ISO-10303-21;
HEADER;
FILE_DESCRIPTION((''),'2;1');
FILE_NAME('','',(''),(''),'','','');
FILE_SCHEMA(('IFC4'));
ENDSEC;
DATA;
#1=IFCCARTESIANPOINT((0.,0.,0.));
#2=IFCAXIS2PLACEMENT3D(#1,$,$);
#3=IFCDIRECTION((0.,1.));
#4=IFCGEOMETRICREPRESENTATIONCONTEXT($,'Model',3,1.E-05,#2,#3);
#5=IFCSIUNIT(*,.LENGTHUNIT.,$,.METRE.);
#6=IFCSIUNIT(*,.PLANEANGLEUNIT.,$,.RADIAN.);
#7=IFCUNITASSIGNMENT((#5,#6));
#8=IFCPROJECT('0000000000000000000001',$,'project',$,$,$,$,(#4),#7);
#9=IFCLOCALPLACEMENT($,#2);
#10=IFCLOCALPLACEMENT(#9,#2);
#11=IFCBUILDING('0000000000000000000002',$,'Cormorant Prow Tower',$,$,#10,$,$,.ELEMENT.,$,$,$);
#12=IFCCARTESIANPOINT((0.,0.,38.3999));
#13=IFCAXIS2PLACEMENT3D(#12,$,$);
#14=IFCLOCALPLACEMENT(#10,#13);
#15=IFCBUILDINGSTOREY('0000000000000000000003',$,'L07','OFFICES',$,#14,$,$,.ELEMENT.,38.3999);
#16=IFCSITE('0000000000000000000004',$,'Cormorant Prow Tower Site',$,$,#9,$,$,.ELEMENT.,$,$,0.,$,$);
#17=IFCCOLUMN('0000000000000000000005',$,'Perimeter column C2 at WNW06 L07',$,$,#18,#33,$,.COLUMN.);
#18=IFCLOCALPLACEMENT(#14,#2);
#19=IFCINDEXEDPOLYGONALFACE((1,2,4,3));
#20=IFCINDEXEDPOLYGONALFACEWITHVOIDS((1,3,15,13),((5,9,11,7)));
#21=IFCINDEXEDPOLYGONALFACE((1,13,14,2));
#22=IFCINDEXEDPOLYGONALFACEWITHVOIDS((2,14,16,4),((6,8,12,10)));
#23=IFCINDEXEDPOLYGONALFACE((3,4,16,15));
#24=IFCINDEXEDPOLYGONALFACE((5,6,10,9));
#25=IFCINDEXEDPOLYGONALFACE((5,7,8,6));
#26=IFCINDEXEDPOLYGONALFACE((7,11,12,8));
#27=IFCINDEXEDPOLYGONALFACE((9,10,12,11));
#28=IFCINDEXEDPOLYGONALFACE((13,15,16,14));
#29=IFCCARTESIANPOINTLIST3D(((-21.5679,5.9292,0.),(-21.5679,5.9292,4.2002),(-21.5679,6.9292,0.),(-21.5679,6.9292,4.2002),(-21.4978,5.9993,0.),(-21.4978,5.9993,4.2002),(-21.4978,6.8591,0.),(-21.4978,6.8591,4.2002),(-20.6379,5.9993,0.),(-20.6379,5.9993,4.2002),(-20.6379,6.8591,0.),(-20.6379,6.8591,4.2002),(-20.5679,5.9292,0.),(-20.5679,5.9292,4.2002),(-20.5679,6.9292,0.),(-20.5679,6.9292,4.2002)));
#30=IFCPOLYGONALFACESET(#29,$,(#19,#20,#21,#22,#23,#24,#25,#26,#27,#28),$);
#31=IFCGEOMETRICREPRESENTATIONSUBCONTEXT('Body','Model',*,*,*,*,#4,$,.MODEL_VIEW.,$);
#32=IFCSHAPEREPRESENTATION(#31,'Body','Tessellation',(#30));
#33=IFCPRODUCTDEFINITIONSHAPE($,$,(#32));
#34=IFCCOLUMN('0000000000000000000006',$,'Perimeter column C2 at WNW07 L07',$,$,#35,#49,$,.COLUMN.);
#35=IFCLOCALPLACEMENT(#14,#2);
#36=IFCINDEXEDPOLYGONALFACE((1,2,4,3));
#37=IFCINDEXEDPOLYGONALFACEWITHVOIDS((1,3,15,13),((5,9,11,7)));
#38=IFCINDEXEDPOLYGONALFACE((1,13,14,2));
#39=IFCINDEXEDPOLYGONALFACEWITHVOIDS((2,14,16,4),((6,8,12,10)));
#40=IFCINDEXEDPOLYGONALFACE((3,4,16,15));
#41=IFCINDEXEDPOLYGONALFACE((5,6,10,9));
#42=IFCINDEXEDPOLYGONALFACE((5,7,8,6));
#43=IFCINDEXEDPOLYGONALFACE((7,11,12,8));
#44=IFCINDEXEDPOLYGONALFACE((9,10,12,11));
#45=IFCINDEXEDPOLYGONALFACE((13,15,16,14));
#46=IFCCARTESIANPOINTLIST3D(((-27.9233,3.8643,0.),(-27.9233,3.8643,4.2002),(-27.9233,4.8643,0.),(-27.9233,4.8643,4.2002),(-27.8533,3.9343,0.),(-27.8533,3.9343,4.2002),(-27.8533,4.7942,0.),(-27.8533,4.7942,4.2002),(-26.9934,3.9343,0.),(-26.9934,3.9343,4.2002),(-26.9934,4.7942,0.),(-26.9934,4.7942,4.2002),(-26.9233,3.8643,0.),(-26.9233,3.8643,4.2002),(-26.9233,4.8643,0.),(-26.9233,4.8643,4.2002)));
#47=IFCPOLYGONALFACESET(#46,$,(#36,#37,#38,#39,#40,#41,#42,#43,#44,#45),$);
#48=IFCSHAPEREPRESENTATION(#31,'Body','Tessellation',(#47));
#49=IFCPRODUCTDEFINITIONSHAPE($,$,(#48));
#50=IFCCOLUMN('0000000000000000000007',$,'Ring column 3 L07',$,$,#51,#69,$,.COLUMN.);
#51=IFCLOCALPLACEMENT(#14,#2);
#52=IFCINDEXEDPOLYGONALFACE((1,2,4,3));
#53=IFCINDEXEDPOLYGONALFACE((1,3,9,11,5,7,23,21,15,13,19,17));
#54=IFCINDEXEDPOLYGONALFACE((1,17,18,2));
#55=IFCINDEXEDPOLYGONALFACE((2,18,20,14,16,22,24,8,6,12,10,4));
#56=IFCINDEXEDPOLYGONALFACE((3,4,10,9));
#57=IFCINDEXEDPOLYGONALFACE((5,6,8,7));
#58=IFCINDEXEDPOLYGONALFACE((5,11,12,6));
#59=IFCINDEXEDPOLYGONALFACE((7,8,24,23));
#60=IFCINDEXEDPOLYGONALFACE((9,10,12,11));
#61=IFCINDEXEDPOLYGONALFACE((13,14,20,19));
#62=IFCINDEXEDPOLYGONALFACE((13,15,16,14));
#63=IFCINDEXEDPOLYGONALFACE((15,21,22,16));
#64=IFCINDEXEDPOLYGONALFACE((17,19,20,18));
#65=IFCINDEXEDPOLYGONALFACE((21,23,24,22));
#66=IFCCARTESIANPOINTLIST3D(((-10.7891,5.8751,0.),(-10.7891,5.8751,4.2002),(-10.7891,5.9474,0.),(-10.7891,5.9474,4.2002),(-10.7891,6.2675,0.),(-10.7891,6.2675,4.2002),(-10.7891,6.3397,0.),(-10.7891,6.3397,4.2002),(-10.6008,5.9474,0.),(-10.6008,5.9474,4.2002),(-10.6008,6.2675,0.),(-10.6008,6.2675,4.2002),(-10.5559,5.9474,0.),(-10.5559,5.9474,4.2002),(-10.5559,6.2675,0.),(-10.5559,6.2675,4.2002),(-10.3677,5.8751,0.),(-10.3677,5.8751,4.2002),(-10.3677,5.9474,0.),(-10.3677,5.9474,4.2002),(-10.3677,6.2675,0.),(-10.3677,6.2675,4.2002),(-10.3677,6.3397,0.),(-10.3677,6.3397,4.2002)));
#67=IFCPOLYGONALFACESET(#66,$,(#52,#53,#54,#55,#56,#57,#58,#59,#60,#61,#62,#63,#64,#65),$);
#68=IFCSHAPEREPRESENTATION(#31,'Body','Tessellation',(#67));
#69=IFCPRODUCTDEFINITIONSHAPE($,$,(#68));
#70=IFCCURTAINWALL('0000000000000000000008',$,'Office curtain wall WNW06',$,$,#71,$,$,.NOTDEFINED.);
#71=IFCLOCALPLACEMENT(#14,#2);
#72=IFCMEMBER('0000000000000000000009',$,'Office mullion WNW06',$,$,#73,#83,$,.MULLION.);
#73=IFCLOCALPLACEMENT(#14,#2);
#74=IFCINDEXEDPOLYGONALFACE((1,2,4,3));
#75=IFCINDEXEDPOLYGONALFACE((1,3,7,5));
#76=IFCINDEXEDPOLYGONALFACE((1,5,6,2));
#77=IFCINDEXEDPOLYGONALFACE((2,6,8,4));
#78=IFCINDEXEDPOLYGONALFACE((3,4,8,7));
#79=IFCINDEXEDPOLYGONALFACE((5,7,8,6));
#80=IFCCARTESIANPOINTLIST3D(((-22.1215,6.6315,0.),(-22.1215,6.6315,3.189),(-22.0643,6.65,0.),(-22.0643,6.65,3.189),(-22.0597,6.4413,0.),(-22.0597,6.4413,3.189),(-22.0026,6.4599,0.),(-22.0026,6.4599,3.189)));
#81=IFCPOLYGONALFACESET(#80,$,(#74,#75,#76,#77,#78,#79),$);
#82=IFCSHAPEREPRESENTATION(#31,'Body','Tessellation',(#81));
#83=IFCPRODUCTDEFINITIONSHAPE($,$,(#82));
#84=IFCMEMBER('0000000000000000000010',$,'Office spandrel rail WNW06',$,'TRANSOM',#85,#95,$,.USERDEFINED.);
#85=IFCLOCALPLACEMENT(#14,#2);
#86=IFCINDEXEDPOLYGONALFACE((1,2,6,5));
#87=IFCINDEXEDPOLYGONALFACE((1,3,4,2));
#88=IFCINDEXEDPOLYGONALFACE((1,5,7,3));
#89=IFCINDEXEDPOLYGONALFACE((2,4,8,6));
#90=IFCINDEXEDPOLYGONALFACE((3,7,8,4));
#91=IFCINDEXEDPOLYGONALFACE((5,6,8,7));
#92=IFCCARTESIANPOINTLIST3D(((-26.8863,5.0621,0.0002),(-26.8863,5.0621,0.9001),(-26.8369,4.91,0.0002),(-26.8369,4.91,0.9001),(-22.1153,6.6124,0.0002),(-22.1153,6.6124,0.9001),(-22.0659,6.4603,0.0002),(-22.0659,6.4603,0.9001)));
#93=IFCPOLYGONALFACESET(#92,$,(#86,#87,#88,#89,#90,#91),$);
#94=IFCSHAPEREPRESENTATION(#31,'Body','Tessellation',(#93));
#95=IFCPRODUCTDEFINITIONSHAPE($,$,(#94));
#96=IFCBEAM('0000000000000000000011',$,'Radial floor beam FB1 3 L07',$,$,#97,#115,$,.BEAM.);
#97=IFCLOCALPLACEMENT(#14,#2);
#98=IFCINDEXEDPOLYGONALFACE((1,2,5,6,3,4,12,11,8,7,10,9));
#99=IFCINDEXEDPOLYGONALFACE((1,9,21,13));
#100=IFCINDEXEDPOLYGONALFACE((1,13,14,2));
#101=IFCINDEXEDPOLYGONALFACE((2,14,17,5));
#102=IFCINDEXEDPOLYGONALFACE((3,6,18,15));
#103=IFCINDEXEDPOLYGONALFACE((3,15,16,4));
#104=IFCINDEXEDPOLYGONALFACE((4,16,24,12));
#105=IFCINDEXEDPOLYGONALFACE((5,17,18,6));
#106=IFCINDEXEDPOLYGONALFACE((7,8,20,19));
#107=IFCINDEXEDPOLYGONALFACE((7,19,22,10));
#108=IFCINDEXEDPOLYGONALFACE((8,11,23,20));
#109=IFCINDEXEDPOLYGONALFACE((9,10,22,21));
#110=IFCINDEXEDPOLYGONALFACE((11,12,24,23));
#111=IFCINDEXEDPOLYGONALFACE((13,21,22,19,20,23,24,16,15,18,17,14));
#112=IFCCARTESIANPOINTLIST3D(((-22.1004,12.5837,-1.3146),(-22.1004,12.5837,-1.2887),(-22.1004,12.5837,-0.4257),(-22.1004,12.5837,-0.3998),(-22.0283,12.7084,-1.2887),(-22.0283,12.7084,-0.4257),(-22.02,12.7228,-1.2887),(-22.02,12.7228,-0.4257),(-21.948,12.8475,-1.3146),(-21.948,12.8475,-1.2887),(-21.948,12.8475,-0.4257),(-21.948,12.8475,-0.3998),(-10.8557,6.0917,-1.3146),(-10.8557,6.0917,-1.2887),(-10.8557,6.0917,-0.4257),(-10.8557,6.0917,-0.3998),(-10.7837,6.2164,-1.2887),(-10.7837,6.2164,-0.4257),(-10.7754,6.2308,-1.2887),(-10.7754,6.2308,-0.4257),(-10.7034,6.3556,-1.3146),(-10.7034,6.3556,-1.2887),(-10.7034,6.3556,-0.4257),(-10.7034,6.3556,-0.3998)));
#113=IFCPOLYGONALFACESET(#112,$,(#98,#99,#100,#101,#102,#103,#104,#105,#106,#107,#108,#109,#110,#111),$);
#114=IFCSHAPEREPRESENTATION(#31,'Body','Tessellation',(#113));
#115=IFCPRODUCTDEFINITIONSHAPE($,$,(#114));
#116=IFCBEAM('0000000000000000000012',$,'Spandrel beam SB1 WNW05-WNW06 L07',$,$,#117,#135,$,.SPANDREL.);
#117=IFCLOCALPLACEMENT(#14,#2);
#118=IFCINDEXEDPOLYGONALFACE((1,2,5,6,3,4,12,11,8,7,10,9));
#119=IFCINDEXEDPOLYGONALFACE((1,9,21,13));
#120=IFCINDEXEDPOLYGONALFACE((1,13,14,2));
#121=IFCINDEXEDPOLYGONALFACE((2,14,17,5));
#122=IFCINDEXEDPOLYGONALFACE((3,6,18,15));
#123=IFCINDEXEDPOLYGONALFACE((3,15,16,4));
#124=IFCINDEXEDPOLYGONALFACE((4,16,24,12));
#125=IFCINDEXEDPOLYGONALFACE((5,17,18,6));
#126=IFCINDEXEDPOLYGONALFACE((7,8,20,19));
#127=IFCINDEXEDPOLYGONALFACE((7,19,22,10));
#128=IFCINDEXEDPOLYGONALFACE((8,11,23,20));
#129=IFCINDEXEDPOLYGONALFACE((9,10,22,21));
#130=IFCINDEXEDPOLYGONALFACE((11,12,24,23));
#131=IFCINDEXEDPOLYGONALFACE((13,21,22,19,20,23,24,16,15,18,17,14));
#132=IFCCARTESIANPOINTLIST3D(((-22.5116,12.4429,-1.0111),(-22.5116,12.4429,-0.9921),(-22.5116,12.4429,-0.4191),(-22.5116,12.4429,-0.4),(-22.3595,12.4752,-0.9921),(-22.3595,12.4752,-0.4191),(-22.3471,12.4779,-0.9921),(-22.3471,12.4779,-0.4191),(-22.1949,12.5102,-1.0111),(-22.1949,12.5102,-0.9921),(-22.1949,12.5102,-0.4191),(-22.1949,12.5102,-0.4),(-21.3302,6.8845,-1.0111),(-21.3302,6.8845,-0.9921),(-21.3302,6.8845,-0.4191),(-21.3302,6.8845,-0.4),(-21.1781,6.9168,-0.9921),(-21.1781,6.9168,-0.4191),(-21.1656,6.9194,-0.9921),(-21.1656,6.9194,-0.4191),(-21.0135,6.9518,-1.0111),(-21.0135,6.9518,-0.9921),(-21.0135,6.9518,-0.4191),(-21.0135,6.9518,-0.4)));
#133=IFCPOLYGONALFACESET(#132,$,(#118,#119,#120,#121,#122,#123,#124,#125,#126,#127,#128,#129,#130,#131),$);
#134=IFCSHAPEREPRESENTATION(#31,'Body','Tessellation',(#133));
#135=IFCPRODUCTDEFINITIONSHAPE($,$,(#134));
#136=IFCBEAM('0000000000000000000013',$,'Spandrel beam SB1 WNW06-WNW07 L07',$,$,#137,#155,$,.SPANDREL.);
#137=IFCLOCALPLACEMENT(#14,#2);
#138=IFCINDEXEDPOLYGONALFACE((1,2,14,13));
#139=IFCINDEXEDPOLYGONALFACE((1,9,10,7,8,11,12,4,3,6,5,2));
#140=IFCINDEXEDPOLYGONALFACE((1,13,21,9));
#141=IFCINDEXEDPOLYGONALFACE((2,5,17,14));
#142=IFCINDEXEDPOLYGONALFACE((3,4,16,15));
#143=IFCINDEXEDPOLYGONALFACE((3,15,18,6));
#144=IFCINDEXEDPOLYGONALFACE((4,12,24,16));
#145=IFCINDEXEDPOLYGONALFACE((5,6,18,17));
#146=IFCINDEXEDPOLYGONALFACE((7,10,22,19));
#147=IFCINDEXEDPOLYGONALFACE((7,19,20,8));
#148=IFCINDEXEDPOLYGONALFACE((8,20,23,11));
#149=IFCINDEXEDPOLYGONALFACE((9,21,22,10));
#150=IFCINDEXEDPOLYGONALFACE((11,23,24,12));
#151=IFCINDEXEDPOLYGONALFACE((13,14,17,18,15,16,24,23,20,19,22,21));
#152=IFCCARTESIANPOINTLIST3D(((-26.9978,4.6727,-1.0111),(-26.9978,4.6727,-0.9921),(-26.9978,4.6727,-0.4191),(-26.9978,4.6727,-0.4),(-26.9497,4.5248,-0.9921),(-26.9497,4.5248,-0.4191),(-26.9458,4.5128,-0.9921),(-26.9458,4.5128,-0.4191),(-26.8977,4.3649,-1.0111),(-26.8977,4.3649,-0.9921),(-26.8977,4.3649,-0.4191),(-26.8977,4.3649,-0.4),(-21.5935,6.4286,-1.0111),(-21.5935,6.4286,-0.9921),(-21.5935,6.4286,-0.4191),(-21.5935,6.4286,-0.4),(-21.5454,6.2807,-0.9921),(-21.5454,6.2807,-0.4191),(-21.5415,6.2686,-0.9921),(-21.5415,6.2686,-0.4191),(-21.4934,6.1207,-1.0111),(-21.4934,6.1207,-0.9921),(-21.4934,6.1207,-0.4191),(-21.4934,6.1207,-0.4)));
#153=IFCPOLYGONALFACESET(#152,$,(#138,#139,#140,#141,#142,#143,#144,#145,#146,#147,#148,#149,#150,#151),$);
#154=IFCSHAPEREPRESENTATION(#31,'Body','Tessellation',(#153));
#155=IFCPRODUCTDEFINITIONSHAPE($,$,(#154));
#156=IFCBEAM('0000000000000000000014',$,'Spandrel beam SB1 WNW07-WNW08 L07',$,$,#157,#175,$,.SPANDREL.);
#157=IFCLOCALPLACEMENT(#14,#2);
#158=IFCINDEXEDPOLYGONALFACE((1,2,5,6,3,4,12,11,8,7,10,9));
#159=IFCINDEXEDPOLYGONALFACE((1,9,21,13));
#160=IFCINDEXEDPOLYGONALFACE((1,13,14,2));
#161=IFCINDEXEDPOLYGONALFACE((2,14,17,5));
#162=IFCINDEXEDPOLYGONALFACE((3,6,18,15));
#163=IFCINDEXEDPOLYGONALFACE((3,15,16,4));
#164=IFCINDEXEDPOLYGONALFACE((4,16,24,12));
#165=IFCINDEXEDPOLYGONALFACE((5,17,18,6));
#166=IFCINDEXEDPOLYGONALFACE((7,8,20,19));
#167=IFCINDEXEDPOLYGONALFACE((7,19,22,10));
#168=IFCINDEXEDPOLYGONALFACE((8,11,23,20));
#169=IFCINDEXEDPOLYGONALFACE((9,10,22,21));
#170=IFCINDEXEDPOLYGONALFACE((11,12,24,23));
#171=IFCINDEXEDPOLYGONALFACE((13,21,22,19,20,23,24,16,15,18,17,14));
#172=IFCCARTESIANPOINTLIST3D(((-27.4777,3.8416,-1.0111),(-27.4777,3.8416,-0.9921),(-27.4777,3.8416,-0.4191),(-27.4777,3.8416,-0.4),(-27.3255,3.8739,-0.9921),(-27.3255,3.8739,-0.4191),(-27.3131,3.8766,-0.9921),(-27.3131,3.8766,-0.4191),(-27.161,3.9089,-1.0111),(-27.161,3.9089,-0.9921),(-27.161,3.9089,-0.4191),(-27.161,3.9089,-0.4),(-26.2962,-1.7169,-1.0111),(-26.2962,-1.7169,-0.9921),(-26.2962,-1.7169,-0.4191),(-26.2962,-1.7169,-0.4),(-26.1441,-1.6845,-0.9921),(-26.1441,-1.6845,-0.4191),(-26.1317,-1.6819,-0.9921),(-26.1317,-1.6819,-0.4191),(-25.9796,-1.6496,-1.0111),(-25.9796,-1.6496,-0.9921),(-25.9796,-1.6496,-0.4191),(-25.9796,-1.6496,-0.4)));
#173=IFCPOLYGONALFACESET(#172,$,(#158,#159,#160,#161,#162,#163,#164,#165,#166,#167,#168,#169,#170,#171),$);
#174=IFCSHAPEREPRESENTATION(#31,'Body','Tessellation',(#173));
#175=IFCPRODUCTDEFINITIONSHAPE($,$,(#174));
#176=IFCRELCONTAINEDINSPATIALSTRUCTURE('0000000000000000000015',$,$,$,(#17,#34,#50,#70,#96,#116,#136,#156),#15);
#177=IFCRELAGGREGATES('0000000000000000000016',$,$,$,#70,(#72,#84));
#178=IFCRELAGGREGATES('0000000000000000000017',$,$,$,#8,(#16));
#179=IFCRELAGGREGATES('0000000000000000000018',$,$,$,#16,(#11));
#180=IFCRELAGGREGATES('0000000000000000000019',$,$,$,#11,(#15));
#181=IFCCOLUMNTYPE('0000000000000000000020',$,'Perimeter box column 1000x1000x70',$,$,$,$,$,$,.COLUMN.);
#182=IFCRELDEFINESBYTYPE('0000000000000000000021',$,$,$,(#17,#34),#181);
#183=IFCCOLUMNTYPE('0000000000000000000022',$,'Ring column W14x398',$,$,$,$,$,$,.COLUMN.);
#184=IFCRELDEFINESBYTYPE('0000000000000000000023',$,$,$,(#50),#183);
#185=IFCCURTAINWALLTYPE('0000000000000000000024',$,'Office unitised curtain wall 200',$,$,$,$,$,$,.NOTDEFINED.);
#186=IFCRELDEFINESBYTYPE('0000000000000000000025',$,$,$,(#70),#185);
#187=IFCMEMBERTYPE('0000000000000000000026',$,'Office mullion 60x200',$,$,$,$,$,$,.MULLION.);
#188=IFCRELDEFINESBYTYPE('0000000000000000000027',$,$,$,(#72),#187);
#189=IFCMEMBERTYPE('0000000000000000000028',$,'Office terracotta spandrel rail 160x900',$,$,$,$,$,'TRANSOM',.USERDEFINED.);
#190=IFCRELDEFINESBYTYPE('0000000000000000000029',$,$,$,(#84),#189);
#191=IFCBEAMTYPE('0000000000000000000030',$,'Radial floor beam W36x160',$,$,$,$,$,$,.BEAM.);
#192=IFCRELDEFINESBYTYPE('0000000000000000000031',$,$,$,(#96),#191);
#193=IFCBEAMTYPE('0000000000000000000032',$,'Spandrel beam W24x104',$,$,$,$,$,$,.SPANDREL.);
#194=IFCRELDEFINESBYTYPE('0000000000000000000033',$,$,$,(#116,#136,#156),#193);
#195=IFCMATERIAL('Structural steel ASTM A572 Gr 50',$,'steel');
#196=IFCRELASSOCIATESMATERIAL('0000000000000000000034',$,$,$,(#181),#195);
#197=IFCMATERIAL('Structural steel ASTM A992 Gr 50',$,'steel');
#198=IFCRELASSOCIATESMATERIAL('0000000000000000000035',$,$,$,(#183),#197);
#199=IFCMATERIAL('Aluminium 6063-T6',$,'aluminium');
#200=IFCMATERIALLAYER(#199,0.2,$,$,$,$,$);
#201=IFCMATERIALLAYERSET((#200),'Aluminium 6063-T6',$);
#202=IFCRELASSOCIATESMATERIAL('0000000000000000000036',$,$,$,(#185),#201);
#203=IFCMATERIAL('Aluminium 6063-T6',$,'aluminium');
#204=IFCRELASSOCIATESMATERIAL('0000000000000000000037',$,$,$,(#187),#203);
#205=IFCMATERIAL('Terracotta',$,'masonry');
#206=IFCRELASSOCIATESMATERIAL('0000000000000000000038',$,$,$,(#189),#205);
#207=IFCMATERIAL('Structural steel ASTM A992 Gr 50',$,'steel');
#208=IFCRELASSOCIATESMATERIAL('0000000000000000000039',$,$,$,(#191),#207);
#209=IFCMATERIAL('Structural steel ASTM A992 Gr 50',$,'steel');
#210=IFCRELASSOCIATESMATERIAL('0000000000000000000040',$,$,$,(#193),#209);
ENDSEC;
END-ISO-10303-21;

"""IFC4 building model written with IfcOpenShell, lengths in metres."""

from ifc_helpers import new_model, si_unit, direction, frame, origin, origin_2d, place, context, subcontext, project, spatial, rectangle, hollow_rectangle, i_section, extrude, material, layer, layer_set, material_profile, profile_set, type_object, element, aggregate, save


model = new_model("IFC4")

# Units and contexts
model_context = context("Model", 3, precision=1e-05, world=origin(), true_north=direction((0.0, 1.0)))
body_context = subcontext(model_context, "Body", "Model", "MODEL_VIEW")
ifc_project = project(units=[si_unit("LENGTHUNIT", "METRE"), si_unit("PLANEANGLEUNIT", "RADIAN")], contexts=[model_context])

# Site, building, storey
site_placement = place(None, origin())
site = spatial("IfcSite", under=ifc_project, at=site_placement, Name="Cormorant Prow Tower Site", CompositionType="ELEMENT", RefElevation=0.0)
building_placement = place(site_placement, origin())
building = spatial("IfcBuilding", under=site, at=building_placement, Name="Cormorant Prow Tower", CompositionType="ELEMENT")
storey_placement = place(building_placement, frame((0.0, 0.0, 38.3999)))
storey = spatial("IfcBuildingStorey", under=building, at=storey_placement, Name="L07", Description="OFFICES", CompositionType="ELEMENT", Elevation=38.3999)

# Columns
ifc_material_1 = material(Name="Structural steel ASTM A572 Gr 50", Category="steel")
ifc_material_profile_1 = material_profile(ifc_material_1, hollow_rectangle(XDim=1.0, YDim=1.0, WallThickness=0.0701, at=origin_2d()), Name="Box 1000x1000x70")
ifc_profile_set_1 = profile_set([ifc_material_profile_1], Name="Structural steel ASTM A572 Gr 50")
column_type_1 = type_object("IfcColumnType", Name="Perimeter box column 1000x1000x70", PredefinedType="COLUMN", material=ifc_profile_set_1)
for number, where, z_axis, x_axis, name in (
    (1, (-21.0679, 6.4292, 0.0), (0.0, 0.0, 1.0), (1.0, 0.0, 0.0), "Perimeter column C2 at WNW06 L07"),
    (2, (-27.4233, 4.3643, 0.0), (0.0, 0.0, 1.0), (1.0, 0.0, 0.0), "Perimeter column C2 at WNW07 L07"),
):
    element("IfcColumn", number, at=place(storey_placement, frame(where, z_axis=z_axis, x_axis=x_axis)), inside=storey, type_object=column_type_1, Name=name, PredefinedType="COLUMN", context=body_context, shape_type="SweptSolid", body=[
        extrude(hollow_rectangle(XDim=1.0, YDim=1.0, WallThickness=0.0701, at=origin_2d()), origin(), (0.0, 0.0, 1.0), 4.2002),
    ])
ifc_material_2 = material(Name="Structural steel ASTM A992 Gr 50", Category="steel")
ifc_material_profile_2 = material_profile(ifc_material_2, i_section(OverallWidth=0.4214, OverallDepth=0.4646, WebThickness=0.0449, FlangeThickness=0.0723, at=origin_2d()), Name="W14x398")
ifc_profile_set_2 = profile_set([ifc_material_profile_2], Name="Structural steel ASTM A992 Gr 50")
column_type_2 = type_object("IfcColumnType", Name="Ring column W14x398", PredefinedType="COLUMN", material=ifc_profile_set_2)
column_placement = place(storey_placement, frame((-10.5784, 6.1074, 0.0), z_axis=(0.0, 0.0, 1.0), x_axis=(1.0, 0.0, 0.0)))
element("IfcColumn", 3, at=column_placement, inside=storey, type_object=column_type_2, Name="Ring column 3 L07", PredefinedType="COLUMN", context=body_context, shape_type="SweptSolid", body=[
    extrude(i_section(OverallWidth=0.4214, OverallDepth=0.4646, WebThickness=0.0449, FlangeThickness=0.0723, at=origin_2d()), origin(), (0.0, 0.0, 1.0), 4.2002),
])

# Curtain wall, members
ifc_material_3 = material(Name="Aluminium 6063-T6", Category="aluminium")
ifc_layer_1 = layer(ifc_material_3, 0.2)
ifc_layer_set_1 = layer_set([ifc_layer_1], Name="Aluminium 6063-T6")
curtain_wall_type = type_object("IfcCurtainWallType", Name="Office unitised curtain wall 200", PredefinedType="NOTDEFINED", material=ifc_layer_set_1)
curtain_wall_placement = place(storey_placement, origin())
curtain_wall = element("IfcCurtainWall", 4, at=curtain_wall_placement, inside=storey, type_object=curtain_wall_type, Name="Office curtain wall WNW06", PredefinedType="NOTDEFINED")
ifc_material_4 = material(Name="Aluminium 6063-T6", Category="aluminium")
ifc_material_profile_3 = material_profile(ifc_material_4, rectangle(XDim=0.2, YDim=0.0601, at=origin_2d()), Name="Office mullion 60x200")
ifc_profile_set_3 = profile_set([ifc_material_profile_3], Name="Aluminium 6063-T6")
member_type_1 = type_object("IfcMemberType", Name="Office mullion 60x200", PredefinedType="MULLION", material=ifc_profile_set_3)
member_1_placement = place(storey_placement, frame((-22.062, 6.5457, 0.0), z_axis=(0.0, 0.0, 1.0), x_axis=(0.309017, -0.951057, 0.0)))
member_1 = element("IfcMember", 5, at=member_1_placement, type_object=member_type_1, Name="Office mullion WNW06", PredefinedType="MULLION", context=body_context, shape_type="SweptSolid", body=[
    extrude(rectangle(XDim=0.2, YDim=0.0601, at=origin_2d()), origin(), (0.0, 0.0, 1.0), 3.189),
])
ifc_material_5 = material(Name="Terracotta", Category="masonry")
ifc_material_profile_4 = material_profile(ifc_material_5, rectangle(XDim=0.1599, YDim=0.8999, at=origin_2d()), Name="Office terracotta spandrel rail 160x900")
ifc_profile_set_4 = profile_set([ifc_material_profile_4], Name="Terracotta")
member_type_2 = type_object("IfcMemberType", Name="Office terracotta spandrel rail 160x900", ElementType="TRANSOM", PredefinedType="USERDEFINED", material=ifc_profile_set_4)
member_2_placement = place(storey_placement, frame((-22.0906, 6.5364, 0.4502), z_axis=(-0.951051, -0.309035, 0.0), x_axis=(0.309035, -0.951051, 0.0)))
member_2 = element("IfcMember", 6, at=member_2_placement, type_object=member_type_2, Name="Office spandrel rail WNW06", ObjectType="TRANSOM", PredefinedType="USERDEFINED", context=body_context, shape_type="SweptSolid", body=[
    extrude(rectangle(XDim=0.1599, YDim=0.8999, at=origin_2d()), origin(), (0.0, 0.0, 1.0), 5.0166),
])

# Beams
ifc_material_6 = material(Name="Structural steel ASTM A992 Gr 50", Category="steel")
ifc_material_profile_5 = material_profile(ifc_material_6, i_section(OverallWidth=0.3047, OverallDepth=0.9148, WebThickness=0.0166, FlangeThickness=0.0259, at=origin_2d()), Name="W36x160")
ifc_profile_set_5 = profile_set([ifc_material_profile_5], Name="Structural steel ASTM A992 Gr 50")
beam_type_1 = type_object("IfcBeamType", Name="Radial floor beam W36x160", PredefinedType="BEAM", material=ifc_profile_set_5)
beam_1_placement = place(storey_placement, frame((-10.7795, 6.2236, -0.8572), z_axis=(-0.86603, 0.499992, 0.0), x_axis=(-0.499992, -0.86603, 0.0)))
element("IfcBeam", 7, at=beam_1_placement, inside=storey, type_object=beam_type_1, Name="Radial floor beam FB1 3 L07", PredefinedType="BEAM", context=body_context, shape_type="SweptSolid", body=[
    extrude(i_section(OverallWidth=0.3047, OverallDepth=0.9148, WebThickness=0.0166, FlangeThickness=0.0259, at=origin_2d()), origin(), (0.0, 0.0, 1.0), 12.9841),
])
ifc_material_7 = material(Name="Structural steel ASTM A992 Gr 50", Category="steel")
ifc_material_profile_6 = material_profile(ifc_material_7, i_section(OverallWidth=0.3237, OverallDepth=0.6111, WebThickness=0.0127, FlangeThickness=0.019, at=origin_2d()), Name="W24x104")
ifc_profile_set_6 = profile_set([ifc_material_profile_6], Name="Structural steel ASTM A992 Gr 50")
beam_type_2 = type_object("IfcBeamType", Name="Spandrel beam W24x104", PredefinedType="SPANDREL", material=ifc_profile_set_6)
beam_2_placement = place(storey_placement, frame((-22.3533, 12.4766, -0.7056), z_axis=(0.2079, -0.97815, 0.0), x_axis=(0.97815, 0.2079, 0.0)))
element("IfcBeam", 8, at=beam_2_placement, inside=storey, type_object=beam_type_2, Name="Spandrel beam SB1 WNW05-WNW06 L07", PredefinedType="SPANDREL", context=body_context, shape_type="SweptSolid", body=[
    extrude(i_section(OverallWidth=0.3237, OverallDepth=0.6111, WebThickness=0.0127, FlangeThickness=0.019, at=origin_2d()), origin(), (0.0, 0.0, 1.0), 5.6826),
])
beam_3_placement = place(storey_placement, frame((-21.5435, 6.2747, -0.7056), z_axis=(-0.951062, -0.309001, 0.0), x_axis=(0.309001, -0.951062, 0.0)))
element("IfcBeam", 9, at=beam_3_placement, inside=storey, type_object=beam_type_2, Name="Spandrel beam SB1 WNW06-WNW07 L07", PredefinedType="SPANDREL", context=body_context, shape_type="SweptSolid", body=[
    extrude(i_section(OverallWidth=0.3237, OverallDepth=0.6111, WebThickness=0.0127, FlangeThickness=0.019, at=origin_2d()), origin(), (0.0, 0.0, 1.0), 5.6824),
])
beam_4_placement = place(storey_placement, frame((-27.3193, 3.8752, -0.7056), z_axis=(0.2079, -0.97815, 0.0), x_axis=(0.97815, 0.2079, 0.0)))
element("IfcBeam", 10, at=beam_4_placement, inside=storey, type_object=beam_type_2, Name="Spandrel beam SB1 WNW07-WNW08 L07", PredefinedType="SPANDREL", context=body_context, shape_type="SweptSolid", body=[
    extrude(i_section(OverallWidth=0.3237, OverallDepth=0.6111, WebThickness=0.0127, FlangeThickness=0.019, at=origin_2d()), origin(), (0.0, 0.0, 1.0), 5.6826),
])

aggregate(curtain_wall, [member_1, member_2])

save(model, "model.ifc")
